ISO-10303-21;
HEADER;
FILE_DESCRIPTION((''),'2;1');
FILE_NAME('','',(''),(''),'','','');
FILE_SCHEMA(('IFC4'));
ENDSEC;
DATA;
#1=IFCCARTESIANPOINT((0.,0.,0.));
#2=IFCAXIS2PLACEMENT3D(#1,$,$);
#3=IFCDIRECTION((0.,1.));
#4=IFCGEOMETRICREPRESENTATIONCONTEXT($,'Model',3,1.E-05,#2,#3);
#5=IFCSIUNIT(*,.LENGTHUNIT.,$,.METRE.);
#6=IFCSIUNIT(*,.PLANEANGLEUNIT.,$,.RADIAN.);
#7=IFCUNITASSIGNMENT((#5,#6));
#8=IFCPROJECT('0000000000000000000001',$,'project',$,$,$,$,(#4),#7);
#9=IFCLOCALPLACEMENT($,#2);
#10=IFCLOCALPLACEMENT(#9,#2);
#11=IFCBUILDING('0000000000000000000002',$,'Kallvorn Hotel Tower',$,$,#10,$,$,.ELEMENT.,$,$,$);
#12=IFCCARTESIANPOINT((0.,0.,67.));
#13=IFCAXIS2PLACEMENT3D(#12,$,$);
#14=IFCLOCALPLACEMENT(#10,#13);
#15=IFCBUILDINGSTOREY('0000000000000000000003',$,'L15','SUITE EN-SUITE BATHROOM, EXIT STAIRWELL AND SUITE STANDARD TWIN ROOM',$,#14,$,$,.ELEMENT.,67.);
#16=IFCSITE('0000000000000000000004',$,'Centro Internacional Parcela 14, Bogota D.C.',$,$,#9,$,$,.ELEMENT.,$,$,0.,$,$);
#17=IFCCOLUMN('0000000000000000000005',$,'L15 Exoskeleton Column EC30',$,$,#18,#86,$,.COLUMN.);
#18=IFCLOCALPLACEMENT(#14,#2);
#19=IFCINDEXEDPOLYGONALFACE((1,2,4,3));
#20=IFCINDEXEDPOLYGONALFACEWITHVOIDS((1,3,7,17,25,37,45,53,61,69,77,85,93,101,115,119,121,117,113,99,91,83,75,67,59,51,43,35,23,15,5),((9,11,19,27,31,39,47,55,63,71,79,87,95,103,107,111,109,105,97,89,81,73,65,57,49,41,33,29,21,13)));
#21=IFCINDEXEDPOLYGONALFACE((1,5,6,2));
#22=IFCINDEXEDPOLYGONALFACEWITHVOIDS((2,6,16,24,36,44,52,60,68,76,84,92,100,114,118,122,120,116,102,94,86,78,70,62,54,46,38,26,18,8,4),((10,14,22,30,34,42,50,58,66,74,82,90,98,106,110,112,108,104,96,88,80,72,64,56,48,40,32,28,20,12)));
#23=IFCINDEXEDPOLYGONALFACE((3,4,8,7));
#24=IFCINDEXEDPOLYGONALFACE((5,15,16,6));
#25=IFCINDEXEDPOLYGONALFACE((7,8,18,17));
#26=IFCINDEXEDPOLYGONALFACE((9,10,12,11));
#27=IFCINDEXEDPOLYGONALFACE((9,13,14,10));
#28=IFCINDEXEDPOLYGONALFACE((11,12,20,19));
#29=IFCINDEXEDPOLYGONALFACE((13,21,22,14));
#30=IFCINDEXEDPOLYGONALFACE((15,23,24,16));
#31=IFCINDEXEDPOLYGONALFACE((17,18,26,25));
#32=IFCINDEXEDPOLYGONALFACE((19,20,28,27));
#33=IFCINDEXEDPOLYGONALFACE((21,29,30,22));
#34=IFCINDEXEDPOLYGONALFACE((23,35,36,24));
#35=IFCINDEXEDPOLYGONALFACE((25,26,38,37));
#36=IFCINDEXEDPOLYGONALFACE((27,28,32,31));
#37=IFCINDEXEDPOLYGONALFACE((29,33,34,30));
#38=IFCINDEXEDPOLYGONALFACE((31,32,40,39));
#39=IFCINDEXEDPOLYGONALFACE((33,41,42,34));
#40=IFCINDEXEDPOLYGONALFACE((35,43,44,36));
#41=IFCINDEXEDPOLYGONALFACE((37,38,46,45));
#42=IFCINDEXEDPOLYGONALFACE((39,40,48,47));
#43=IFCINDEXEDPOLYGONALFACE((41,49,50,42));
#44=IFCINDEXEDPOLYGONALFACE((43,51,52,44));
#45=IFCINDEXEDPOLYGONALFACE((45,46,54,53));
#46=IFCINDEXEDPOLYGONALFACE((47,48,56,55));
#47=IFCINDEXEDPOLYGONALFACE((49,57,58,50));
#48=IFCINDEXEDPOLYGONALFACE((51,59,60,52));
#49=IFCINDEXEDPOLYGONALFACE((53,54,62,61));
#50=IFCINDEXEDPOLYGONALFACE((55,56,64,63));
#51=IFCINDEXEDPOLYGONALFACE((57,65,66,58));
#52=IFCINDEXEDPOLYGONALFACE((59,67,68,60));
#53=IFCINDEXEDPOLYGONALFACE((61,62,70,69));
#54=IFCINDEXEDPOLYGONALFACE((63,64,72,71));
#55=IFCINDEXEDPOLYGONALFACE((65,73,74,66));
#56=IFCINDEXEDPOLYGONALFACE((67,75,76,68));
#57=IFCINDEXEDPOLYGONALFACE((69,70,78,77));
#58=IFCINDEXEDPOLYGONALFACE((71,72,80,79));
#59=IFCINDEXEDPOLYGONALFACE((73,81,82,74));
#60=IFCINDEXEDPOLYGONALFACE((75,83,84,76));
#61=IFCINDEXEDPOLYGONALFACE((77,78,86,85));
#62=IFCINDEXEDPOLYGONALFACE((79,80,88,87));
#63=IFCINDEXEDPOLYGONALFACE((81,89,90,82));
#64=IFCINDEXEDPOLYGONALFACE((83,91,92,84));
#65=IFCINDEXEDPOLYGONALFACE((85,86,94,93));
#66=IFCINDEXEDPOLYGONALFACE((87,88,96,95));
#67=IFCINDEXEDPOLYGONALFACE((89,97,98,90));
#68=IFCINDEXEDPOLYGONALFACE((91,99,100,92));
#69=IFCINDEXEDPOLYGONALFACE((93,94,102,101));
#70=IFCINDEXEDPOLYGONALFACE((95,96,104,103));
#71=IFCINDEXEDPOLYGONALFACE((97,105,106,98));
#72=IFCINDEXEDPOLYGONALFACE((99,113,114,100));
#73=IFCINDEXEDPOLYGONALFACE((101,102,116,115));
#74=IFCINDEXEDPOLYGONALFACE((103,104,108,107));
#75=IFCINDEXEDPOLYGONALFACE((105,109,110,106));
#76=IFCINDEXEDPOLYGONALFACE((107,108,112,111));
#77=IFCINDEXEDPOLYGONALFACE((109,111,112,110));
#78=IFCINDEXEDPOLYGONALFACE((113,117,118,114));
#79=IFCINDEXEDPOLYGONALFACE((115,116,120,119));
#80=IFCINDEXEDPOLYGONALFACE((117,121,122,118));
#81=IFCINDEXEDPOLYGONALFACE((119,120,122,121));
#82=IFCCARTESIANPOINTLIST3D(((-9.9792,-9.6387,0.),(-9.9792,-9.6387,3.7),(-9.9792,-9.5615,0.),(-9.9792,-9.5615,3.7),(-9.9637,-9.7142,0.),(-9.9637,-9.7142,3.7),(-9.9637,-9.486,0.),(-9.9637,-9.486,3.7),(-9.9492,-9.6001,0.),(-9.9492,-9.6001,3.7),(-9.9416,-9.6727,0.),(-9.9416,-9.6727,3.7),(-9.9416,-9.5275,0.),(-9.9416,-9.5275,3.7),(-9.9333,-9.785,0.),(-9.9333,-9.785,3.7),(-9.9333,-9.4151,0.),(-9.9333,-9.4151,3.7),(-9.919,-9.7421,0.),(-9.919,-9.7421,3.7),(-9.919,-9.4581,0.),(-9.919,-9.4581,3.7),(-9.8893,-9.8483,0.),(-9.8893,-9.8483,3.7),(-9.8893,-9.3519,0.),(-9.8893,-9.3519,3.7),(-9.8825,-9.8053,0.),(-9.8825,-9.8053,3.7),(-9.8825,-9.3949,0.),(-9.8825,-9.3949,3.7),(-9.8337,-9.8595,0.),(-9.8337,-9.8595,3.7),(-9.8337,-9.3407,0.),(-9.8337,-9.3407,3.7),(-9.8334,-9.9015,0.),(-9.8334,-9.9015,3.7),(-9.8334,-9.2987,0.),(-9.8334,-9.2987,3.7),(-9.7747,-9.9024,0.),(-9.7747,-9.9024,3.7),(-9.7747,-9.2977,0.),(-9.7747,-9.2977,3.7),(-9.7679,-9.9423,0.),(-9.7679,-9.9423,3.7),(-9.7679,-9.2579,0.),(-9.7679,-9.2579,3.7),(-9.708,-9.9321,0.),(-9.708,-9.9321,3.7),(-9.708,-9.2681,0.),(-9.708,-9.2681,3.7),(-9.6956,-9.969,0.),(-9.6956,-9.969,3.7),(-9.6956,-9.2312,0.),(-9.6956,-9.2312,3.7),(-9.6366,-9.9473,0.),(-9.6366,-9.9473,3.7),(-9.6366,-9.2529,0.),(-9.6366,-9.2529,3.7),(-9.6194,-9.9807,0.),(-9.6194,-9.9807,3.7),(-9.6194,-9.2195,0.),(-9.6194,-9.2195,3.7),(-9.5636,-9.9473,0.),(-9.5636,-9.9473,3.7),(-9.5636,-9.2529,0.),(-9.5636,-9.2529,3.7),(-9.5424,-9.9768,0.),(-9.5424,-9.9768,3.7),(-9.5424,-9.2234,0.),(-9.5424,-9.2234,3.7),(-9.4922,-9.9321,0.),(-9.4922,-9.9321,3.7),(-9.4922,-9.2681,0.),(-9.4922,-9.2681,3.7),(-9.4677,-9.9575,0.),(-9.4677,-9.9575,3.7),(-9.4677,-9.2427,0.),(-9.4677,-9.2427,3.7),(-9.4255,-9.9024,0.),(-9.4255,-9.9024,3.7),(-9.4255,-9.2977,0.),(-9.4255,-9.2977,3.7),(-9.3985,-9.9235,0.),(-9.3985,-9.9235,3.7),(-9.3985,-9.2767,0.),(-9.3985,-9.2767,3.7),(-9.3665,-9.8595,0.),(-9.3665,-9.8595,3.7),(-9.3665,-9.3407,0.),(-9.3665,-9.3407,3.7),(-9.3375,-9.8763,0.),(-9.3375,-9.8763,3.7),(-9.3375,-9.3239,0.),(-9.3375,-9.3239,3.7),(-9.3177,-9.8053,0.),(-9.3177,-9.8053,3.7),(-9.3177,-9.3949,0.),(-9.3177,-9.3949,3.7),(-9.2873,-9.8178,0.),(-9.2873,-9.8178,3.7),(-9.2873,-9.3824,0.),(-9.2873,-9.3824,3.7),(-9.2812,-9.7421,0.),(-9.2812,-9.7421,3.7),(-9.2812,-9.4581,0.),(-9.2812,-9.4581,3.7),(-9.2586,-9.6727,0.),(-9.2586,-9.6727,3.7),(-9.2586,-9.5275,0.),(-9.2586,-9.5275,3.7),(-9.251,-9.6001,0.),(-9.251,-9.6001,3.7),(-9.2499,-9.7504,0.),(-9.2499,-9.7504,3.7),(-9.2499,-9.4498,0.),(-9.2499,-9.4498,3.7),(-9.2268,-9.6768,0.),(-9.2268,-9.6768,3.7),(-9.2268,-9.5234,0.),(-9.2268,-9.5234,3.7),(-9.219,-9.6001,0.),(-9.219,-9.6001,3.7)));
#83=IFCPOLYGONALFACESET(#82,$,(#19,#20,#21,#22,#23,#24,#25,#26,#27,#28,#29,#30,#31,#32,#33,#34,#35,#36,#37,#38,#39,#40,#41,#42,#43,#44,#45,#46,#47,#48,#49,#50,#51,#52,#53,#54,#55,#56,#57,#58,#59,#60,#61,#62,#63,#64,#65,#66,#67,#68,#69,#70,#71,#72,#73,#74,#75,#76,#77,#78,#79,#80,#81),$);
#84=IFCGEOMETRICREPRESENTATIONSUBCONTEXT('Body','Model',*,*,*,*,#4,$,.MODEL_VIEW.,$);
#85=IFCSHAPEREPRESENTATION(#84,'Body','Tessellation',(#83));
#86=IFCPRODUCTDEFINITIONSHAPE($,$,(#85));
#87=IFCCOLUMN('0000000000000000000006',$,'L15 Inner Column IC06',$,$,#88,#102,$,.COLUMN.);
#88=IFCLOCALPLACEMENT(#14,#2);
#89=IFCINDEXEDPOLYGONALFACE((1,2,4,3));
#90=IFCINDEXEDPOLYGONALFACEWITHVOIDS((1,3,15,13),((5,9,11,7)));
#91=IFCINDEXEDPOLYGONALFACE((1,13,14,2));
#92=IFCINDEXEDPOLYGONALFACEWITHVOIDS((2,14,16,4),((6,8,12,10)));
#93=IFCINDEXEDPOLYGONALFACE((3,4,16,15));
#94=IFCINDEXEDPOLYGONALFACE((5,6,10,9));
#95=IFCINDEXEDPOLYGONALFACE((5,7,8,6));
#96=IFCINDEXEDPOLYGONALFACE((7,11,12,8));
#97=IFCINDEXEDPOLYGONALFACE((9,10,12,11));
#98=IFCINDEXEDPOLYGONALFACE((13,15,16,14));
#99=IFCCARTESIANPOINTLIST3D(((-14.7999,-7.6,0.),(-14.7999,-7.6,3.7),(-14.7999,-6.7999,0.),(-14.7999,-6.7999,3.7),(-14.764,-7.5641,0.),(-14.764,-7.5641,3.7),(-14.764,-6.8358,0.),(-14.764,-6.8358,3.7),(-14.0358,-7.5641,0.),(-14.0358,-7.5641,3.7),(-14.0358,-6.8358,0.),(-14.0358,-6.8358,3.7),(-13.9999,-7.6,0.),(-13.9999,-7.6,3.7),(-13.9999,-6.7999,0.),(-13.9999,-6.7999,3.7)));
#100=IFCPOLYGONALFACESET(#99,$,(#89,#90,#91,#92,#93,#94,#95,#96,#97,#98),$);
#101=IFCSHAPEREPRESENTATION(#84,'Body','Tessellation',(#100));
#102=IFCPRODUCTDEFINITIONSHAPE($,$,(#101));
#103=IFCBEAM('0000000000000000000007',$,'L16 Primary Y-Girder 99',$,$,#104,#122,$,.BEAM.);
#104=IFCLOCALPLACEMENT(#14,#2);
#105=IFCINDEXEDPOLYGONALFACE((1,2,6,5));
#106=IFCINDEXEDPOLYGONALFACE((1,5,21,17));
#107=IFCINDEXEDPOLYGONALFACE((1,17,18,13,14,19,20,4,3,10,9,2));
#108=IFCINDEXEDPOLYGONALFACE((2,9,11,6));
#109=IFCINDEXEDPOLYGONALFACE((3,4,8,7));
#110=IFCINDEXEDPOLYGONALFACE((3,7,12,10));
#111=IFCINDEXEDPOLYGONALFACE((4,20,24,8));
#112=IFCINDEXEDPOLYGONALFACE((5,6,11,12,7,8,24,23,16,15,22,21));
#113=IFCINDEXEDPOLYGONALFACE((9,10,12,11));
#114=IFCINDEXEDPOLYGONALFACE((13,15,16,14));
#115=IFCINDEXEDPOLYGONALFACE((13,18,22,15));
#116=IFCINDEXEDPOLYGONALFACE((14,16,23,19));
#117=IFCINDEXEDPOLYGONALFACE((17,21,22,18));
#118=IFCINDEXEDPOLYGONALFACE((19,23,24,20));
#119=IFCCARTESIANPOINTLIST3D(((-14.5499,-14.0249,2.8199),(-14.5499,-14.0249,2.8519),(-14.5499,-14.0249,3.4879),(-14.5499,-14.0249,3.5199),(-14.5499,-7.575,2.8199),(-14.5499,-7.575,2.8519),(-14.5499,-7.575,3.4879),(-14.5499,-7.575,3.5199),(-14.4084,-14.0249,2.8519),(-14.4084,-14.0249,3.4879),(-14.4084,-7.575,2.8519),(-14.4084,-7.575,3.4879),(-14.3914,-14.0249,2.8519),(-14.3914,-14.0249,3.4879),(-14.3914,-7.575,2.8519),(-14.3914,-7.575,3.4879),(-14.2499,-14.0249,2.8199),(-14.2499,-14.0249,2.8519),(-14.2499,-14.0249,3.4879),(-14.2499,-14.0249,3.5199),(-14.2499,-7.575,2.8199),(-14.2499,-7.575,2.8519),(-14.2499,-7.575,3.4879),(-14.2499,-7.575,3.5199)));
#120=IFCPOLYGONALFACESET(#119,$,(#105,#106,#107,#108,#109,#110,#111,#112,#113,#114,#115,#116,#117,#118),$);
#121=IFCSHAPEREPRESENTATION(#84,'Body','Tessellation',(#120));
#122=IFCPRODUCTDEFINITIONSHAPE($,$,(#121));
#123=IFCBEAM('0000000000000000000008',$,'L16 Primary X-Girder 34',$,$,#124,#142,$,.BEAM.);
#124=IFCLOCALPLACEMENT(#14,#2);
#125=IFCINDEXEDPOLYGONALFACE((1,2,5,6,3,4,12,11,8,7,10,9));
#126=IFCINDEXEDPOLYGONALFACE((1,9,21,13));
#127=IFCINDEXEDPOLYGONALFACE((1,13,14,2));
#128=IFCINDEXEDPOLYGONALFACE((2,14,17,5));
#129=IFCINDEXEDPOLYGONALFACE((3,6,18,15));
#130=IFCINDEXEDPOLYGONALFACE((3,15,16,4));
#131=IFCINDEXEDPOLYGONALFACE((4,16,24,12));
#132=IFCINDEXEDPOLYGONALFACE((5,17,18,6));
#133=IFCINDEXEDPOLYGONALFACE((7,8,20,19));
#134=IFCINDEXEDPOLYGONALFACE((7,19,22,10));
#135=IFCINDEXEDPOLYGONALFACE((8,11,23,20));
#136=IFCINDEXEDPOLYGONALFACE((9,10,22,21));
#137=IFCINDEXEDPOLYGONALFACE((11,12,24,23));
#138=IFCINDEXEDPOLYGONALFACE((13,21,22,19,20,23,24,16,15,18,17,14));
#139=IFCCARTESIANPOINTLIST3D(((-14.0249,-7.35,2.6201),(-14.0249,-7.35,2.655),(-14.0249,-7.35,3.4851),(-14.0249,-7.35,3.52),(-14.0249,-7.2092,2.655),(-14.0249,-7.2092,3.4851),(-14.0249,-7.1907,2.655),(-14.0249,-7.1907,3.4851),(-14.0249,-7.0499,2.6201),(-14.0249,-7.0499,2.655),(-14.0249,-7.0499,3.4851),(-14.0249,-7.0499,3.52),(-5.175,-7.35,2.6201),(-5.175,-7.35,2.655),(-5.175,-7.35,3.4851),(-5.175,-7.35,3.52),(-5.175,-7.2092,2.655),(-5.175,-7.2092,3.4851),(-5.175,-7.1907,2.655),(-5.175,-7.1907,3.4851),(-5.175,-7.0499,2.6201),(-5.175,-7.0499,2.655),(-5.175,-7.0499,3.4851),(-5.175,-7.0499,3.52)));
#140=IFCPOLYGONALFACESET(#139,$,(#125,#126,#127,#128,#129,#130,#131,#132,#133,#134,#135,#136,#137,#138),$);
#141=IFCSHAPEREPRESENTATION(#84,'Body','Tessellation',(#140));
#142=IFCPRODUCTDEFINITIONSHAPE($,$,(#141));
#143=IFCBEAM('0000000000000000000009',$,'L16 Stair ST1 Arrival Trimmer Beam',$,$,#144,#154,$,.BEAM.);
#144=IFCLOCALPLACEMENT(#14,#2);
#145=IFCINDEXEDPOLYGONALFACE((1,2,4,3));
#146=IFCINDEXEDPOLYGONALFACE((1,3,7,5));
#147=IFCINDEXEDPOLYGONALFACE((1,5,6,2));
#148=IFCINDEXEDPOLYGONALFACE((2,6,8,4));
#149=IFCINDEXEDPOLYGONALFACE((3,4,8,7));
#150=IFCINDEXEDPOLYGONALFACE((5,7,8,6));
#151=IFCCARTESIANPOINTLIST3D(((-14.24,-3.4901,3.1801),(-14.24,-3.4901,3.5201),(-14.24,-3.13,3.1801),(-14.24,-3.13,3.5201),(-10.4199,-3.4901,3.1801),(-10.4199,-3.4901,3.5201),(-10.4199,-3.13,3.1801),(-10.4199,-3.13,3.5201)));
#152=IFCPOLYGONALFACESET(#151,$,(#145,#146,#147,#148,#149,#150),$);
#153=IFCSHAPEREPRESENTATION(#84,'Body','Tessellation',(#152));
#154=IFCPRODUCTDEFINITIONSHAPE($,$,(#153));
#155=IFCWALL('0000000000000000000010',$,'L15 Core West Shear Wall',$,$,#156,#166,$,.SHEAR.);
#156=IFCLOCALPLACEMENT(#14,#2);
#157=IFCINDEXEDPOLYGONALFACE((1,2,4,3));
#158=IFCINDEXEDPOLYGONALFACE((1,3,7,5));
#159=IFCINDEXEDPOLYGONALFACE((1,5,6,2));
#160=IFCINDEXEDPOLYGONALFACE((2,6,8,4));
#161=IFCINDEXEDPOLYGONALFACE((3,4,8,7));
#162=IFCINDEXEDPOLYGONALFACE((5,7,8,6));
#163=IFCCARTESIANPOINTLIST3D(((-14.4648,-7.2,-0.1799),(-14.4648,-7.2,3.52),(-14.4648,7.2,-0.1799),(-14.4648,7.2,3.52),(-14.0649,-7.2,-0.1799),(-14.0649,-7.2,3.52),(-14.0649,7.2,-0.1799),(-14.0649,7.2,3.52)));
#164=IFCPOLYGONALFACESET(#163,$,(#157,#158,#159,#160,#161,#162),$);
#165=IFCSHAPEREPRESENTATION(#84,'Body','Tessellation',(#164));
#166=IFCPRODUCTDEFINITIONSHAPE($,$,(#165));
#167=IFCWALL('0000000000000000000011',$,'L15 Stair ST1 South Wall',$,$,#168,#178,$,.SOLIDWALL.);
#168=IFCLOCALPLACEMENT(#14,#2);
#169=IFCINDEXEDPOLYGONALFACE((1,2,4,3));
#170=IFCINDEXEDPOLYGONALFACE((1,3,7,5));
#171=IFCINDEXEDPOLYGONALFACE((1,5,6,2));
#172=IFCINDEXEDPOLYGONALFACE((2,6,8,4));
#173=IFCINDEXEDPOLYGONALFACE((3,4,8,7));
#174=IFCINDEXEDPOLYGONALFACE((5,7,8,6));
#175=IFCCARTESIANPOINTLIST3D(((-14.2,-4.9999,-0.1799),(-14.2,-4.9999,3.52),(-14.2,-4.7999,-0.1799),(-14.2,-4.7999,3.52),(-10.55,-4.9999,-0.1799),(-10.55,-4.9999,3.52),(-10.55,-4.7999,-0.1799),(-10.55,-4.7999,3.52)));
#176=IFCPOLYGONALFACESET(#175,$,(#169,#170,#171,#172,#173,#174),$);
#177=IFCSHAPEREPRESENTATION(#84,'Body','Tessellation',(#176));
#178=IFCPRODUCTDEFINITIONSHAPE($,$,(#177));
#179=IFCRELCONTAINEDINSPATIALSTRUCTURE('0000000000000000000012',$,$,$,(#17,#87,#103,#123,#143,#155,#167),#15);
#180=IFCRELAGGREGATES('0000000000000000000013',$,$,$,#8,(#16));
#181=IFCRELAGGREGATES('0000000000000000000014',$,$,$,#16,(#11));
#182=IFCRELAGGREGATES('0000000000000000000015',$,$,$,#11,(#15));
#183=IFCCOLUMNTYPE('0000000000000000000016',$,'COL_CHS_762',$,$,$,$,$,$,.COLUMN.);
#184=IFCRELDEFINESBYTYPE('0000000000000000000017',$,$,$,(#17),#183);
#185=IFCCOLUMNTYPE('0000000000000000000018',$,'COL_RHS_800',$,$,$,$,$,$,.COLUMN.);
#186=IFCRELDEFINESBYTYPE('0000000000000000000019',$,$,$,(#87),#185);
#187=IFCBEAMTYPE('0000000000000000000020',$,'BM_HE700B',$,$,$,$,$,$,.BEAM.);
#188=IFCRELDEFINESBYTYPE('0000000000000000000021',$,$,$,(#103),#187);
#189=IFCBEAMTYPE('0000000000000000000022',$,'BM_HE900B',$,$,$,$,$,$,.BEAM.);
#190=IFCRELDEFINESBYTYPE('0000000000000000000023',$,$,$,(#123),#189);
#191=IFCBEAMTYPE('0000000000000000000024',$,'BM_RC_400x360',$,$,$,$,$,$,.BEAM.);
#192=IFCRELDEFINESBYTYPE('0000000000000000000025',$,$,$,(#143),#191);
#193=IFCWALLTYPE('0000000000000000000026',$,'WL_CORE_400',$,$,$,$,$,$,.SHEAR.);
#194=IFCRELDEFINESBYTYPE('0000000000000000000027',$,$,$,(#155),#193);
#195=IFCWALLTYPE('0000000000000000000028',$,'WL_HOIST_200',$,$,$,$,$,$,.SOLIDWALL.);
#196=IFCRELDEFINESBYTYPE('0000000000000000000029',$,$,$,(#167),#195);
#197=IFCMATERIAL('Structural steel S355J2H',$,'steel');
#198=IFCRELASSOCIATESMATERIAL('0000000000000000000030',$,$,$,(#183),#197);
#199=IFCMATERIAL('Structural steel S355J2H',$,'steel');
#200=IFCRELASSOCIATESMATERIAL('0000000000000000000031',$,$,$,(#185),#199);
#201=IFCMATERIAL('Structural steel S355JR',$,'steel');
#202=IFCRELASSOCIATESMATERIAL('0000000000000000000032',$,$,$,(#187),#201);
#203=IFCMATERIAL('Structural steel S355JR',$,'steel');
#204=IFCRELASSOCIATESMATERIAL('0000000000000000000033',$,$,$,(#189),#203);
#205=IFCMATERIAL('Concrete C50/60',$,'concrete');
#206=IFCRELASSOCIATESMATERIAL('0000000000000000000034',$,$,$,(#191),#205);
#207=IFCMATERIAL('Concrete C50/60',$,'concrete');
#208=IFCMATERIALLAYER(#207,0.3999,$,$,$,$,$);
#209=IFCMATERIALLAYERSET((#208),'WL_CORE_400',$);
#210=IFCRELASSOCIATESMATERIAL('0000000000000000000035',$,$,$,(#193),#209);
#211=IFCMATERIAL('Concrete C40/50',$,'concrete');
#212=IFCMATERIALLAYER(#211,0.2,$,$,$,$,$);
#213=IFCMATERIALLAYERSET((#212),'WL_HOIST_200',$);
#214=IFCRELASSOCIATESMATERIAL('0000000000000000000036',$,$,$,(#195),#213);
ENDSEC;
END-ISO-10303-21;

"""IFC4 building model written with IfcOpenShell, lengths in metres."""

from ifc_helpers import new_model, si_unit, direction, frame, frame_2d, origin, origin_2d, place, context, subcontext, project, spatial, rectangle, hollow_rectangle, hollow_circle, i_section, extrude, material, layer, layer_set, material_profile, profile_set, type_object, element, save


model = new_model("IFC4")

# Units and contexts
model_context = context("Model", 3, precision=1e-05, world=origin(), true_north=direction((0.0, 1.0)))
body_context = subcontext(model_context, "Body", "Model", "MODEL_VIEW")
ifc_project = project(units=[si_unit("LENGTHUNIT", "METRE"), si_unit("PLANEANGLEUNIT", "RADIAN")], contexts=[model_context])

# Site, building, storey
site_placement = place(None, origin())
site = spatial("IfcSite", under=ifc_project, at=site_placement, Name="Centro Internacional Parcela 14, Bogota D.C.", CompositionType="ELEMENT", RefElevation=0.0)
building_placement = place(site_placement, origin())
building = spatial("IfcBuilding", under=site, at=building_placement, Name="Kallvorn Hotel Tower", CompositionType="ELEMENT")
storey_placement = place(building_placement, frame((0.0, 0.0, 67.0)))
storey = spatial("IfcBuildingStorey", under=building, at=storey_placement, Name="L15", Description="SUITE EN-SUITE BATHROOM, EXIT STAIRWELL AND SUITE STANDARD TWIN ROOM", CompositionType="ELEMENT", Elevation=67.0)

# Columns
ifc_material_1 = material(Name="Structural steel S355J2H", Category="steel")
ifc_material_profile_1 = material_profile(ifc_material_1, hollow_circle(Radius=0.3811, WallThickness=0.032, at=origin_2d()), Name="CHS 762x32")
ifc_profile_set_1 = profile_set([ifc_material_profile_1], Name="Structural steel S355J2H")
column_type_1 = type_object("IfcColumnType", Name="COL_CHS_762", PredefinedType="COLUMN", material=ifc_profile_set_1)
column_1_placement = place(storey_placement, frame((-9.6001, -9.6001, 0.0), z_axis=(0.0, 0.0, 1.0), x_axis=(1.0, 0.0, 0.0)))
element("IfcColumn", 1, at=column_1_placement, inside=storey, type_object=column_type_1, Name="L15 Exoskeleton Column EC30", PredefinedType="COLUMN", context=body_context, shape_type="SweptSolid", body=[
    extrude(hollow_circle(Radius=0.3811, WallThickness=0.032, at=origin_2d()), origin(), (0.0, 0.0, 1.0), 3.7),
])
ifc_material_2 = material(Name="Structural steel S355J2H", Category="steel")
ifc_material_profile_2 = material_profile(ifc_material_2, hollow_rectangle(XDim=0.8, YDim=0.8, WallThickness=0.0359, at=origin_2d()), Name="RHS 800x800x36")
ifc_profile_set_2 = profile_set([ifc_material_profile_2], Name="Structural steel S355J2H")
column_type_2 = type_object("IfcColumnType", Name="COL_RHS_800", PredefinedType="COLUMN", material=ifc_profile_set_2)
column_2_placement = place(storey_placement, frame((-14.3999, -7.2, 0.0), z_axis=(0.0, 0.0, 1.0), x_axis=(1.0, 0.0, 0.0)))
element("IfcColumn", 2, at=column_2_placement, inside=storey, type_object=column_type_2, Name="L15 Inner Column IC06", PredefinedType="COLUMN", context=body_context, shape_type="SweptSolid", body=[
    extrude(hollow_rectangle(XDim=0.8, YDim=0.8, WallThickness=0.0359, at=origin_2d()), origin(), (0.0, 0.0, 1.0), 3.7),
])

# Beams
ifc_material_3 = material(Name="Structural steel S355JR", Category="steel")
ifc_material_profile_3 = material_profile(ifc_material_3, i_section(OverallWidth=0.3, OverallDepth=0.7, WebThickness=0.0171, FlangeThickness=0.032, at=origin_2d()), Name="HE 700 B")
ifc_profile_set_3 = profile_set([ifc_material_profile_3], Name="Structural steel S355JR")
beam_type_1 = type_object("IfcBeamType", Name="BM_HE700B", PredefinedType="BEAM", material=ifc_profile_set_3)
beam_1_placement = place(storey_placement, frame((-14.3999, -14.0249, 3.1699), z_axis=(0.0, 1.0, 0.0), x_axis=(-1.0, 0.0, 0.0)))
element("IfcBeam", 3, at=beam_1_placement, inside=storey, type_object=beam_type_1, Name="L16 Primary Y-Girder 99", PredefinedType="BEAM", context=body_context, shape_type="SweptSolid", body=[
    extrude(i_section(OverallWidth=0.3, OverallDepth=0.7, WebThickness=0.0171, FlangeThickness=0.032, at=origin_2d()), origin(), (0.0, 0.0, 1.0), 6.45),
])
ifc_material_4 = material(Name="Structural steel S355JR", Category="steel")
ifc_material_profile_4 = material_profile(ifc_material_4, i_section(OverallWidth=0.3, OverallDepth=0.8999, WebThickness=0.0186, FlangeThickness=0.0349, at=origin_2d()), Name="HE 900 B")
ifc_profile_set_4 = profile_set([ifc_material_profile_4], Name="Structural steel S355JR")
beam_type_2 = type_object("IfcBeamType", Name="BM_HE900B", PredefinedType="BEAM", material=ifc_profile_set_4)
beam_2_placement = place(storey_placement, frame((-14.0249, -7.2, 3.0701), z_axis=(1.0, 0.0, 0.0), x_axis=(0.0, 1.0, 0.0)))
element("IfcBeam", 4, at=beam_2_placement, inside=storey, type_object=beam_type_2, Name="L16 Primary X-Girder 34", PredefinedType="BEAM", context=body_context, shape_type="SweptSolid", body=[
    extrude(i_section(OverallWidth=0.3, OverallDepth=0.8999, WebThickness=0.0186, FlangeThickness=0.0349, at=origin_2d()), origin(), (0.0, 0.0, 1.0), 8.8499),
])
ifc_material_5 = material(Name="Concrete C50/60", Category="concrete")
ifc_material_profile_5 = material_profile(ifc_material_5, rectangle(XDim=0.3601, YDim=0.3401, at=origin_2d()), Name="RC 360x340")
ifc_profile_set_5 = profile_set([ifc_material_profile_5], Name="Concrete C50/60")
beam_type_3 = type_object("IfcBeamType", Name="BM_RC_400x360", PredefinedType="BEAM", material=ifc_profile_set_5)
beam_3_placement = place(storey_placement, frame((-10.4199, -3.3101, 3.3501), z_axis=(-1.0, 0.0, 0.0), x_axis=(0.0, -1.0, 0.0)))
element("IfcBeam", 5, at=beam_3_placement, inside=storey, type_object=beam_type_3, Name="L16 Stair ST1 Arrival Trimmer Beam", PredefinedType="BEAM", context=body_context, shape_type="SweptSolid", body=[
    extrude(rectangle(XDim=0.3601, YDim=0.3401, at=origin_2d()), origin(), (0.0, 0.0, 1.0), 3.8201),
])

# Walls
ifc_material_6 = material(Name="Concrete C50/60", Category="concrete")
ifc_layer_1 = layer(ifc_material_6, 0.3999)
ifc_layer_set_1 = layer_set([ifc_layer_1], Name="WL_CORE_400")
wall_type_1 = type_object("IfcWallType", Name="WL_CORE_400", PredefinedType="SHEAR", material=ifc_layer_set_1)
wall_1_placement = place(storey_placement, frame((-14.2649, -7.2, -0.1799), z_axis=(0.0, 0.0, 1.0), x_axis=(0.0, 1.0, 0.0)))
element("IfcWall", 6, at=wall_1_placement, inside=storey, type_object=wall_type_1, Name="L15 Core West Shear Wall", PredefinedType="SHEAR", context=body_context, shape_type="SweptSolid", body=[
    extrude(rectangle(XDim=14.3999, YDim=0.3999, at=frame_2d((7.2, 0.0))), origin(), (0.0, 0.0, 1.0), 3.7),
])
ifc_material_7 = material(Name="Concrete C40/50", Category="concrete")
ifc_layer_2 = layer(ifc_material_7, 0.2)
ifc_layer_set_2 = layer_set([ifc_layer_2], Name="WL_HOIST_200")
wall_type_2 = type_object("IfcWallType", Name="WL_HOIST_200", PredefinedType="SOLIDWALL", material=ifc_layer_set_2)
wall_2_placement = place(storey_placement, frame((-14.2, -4.8999, -0.1799), z_axis=(0.0, 0.0, 1.0), x_axis=(1.0, 0.0, 0.0)))
element("IfcWall", 7, at=wall_2_placement, inside=storey, type_object=wall_type_2, Name="L15 Stair ST1 South Wall", PredefinedType="SOLIDWALL", context=body_context, shape_type="SweptSolid", body=[
    extrude(rectangle(XDim=3.6499, YDim=0.2, at=frame_2d((1.825, 0.0))), origin(), (0.0, 0.0, 1.0), 3.7),
])

save(model, "model.ifc")
